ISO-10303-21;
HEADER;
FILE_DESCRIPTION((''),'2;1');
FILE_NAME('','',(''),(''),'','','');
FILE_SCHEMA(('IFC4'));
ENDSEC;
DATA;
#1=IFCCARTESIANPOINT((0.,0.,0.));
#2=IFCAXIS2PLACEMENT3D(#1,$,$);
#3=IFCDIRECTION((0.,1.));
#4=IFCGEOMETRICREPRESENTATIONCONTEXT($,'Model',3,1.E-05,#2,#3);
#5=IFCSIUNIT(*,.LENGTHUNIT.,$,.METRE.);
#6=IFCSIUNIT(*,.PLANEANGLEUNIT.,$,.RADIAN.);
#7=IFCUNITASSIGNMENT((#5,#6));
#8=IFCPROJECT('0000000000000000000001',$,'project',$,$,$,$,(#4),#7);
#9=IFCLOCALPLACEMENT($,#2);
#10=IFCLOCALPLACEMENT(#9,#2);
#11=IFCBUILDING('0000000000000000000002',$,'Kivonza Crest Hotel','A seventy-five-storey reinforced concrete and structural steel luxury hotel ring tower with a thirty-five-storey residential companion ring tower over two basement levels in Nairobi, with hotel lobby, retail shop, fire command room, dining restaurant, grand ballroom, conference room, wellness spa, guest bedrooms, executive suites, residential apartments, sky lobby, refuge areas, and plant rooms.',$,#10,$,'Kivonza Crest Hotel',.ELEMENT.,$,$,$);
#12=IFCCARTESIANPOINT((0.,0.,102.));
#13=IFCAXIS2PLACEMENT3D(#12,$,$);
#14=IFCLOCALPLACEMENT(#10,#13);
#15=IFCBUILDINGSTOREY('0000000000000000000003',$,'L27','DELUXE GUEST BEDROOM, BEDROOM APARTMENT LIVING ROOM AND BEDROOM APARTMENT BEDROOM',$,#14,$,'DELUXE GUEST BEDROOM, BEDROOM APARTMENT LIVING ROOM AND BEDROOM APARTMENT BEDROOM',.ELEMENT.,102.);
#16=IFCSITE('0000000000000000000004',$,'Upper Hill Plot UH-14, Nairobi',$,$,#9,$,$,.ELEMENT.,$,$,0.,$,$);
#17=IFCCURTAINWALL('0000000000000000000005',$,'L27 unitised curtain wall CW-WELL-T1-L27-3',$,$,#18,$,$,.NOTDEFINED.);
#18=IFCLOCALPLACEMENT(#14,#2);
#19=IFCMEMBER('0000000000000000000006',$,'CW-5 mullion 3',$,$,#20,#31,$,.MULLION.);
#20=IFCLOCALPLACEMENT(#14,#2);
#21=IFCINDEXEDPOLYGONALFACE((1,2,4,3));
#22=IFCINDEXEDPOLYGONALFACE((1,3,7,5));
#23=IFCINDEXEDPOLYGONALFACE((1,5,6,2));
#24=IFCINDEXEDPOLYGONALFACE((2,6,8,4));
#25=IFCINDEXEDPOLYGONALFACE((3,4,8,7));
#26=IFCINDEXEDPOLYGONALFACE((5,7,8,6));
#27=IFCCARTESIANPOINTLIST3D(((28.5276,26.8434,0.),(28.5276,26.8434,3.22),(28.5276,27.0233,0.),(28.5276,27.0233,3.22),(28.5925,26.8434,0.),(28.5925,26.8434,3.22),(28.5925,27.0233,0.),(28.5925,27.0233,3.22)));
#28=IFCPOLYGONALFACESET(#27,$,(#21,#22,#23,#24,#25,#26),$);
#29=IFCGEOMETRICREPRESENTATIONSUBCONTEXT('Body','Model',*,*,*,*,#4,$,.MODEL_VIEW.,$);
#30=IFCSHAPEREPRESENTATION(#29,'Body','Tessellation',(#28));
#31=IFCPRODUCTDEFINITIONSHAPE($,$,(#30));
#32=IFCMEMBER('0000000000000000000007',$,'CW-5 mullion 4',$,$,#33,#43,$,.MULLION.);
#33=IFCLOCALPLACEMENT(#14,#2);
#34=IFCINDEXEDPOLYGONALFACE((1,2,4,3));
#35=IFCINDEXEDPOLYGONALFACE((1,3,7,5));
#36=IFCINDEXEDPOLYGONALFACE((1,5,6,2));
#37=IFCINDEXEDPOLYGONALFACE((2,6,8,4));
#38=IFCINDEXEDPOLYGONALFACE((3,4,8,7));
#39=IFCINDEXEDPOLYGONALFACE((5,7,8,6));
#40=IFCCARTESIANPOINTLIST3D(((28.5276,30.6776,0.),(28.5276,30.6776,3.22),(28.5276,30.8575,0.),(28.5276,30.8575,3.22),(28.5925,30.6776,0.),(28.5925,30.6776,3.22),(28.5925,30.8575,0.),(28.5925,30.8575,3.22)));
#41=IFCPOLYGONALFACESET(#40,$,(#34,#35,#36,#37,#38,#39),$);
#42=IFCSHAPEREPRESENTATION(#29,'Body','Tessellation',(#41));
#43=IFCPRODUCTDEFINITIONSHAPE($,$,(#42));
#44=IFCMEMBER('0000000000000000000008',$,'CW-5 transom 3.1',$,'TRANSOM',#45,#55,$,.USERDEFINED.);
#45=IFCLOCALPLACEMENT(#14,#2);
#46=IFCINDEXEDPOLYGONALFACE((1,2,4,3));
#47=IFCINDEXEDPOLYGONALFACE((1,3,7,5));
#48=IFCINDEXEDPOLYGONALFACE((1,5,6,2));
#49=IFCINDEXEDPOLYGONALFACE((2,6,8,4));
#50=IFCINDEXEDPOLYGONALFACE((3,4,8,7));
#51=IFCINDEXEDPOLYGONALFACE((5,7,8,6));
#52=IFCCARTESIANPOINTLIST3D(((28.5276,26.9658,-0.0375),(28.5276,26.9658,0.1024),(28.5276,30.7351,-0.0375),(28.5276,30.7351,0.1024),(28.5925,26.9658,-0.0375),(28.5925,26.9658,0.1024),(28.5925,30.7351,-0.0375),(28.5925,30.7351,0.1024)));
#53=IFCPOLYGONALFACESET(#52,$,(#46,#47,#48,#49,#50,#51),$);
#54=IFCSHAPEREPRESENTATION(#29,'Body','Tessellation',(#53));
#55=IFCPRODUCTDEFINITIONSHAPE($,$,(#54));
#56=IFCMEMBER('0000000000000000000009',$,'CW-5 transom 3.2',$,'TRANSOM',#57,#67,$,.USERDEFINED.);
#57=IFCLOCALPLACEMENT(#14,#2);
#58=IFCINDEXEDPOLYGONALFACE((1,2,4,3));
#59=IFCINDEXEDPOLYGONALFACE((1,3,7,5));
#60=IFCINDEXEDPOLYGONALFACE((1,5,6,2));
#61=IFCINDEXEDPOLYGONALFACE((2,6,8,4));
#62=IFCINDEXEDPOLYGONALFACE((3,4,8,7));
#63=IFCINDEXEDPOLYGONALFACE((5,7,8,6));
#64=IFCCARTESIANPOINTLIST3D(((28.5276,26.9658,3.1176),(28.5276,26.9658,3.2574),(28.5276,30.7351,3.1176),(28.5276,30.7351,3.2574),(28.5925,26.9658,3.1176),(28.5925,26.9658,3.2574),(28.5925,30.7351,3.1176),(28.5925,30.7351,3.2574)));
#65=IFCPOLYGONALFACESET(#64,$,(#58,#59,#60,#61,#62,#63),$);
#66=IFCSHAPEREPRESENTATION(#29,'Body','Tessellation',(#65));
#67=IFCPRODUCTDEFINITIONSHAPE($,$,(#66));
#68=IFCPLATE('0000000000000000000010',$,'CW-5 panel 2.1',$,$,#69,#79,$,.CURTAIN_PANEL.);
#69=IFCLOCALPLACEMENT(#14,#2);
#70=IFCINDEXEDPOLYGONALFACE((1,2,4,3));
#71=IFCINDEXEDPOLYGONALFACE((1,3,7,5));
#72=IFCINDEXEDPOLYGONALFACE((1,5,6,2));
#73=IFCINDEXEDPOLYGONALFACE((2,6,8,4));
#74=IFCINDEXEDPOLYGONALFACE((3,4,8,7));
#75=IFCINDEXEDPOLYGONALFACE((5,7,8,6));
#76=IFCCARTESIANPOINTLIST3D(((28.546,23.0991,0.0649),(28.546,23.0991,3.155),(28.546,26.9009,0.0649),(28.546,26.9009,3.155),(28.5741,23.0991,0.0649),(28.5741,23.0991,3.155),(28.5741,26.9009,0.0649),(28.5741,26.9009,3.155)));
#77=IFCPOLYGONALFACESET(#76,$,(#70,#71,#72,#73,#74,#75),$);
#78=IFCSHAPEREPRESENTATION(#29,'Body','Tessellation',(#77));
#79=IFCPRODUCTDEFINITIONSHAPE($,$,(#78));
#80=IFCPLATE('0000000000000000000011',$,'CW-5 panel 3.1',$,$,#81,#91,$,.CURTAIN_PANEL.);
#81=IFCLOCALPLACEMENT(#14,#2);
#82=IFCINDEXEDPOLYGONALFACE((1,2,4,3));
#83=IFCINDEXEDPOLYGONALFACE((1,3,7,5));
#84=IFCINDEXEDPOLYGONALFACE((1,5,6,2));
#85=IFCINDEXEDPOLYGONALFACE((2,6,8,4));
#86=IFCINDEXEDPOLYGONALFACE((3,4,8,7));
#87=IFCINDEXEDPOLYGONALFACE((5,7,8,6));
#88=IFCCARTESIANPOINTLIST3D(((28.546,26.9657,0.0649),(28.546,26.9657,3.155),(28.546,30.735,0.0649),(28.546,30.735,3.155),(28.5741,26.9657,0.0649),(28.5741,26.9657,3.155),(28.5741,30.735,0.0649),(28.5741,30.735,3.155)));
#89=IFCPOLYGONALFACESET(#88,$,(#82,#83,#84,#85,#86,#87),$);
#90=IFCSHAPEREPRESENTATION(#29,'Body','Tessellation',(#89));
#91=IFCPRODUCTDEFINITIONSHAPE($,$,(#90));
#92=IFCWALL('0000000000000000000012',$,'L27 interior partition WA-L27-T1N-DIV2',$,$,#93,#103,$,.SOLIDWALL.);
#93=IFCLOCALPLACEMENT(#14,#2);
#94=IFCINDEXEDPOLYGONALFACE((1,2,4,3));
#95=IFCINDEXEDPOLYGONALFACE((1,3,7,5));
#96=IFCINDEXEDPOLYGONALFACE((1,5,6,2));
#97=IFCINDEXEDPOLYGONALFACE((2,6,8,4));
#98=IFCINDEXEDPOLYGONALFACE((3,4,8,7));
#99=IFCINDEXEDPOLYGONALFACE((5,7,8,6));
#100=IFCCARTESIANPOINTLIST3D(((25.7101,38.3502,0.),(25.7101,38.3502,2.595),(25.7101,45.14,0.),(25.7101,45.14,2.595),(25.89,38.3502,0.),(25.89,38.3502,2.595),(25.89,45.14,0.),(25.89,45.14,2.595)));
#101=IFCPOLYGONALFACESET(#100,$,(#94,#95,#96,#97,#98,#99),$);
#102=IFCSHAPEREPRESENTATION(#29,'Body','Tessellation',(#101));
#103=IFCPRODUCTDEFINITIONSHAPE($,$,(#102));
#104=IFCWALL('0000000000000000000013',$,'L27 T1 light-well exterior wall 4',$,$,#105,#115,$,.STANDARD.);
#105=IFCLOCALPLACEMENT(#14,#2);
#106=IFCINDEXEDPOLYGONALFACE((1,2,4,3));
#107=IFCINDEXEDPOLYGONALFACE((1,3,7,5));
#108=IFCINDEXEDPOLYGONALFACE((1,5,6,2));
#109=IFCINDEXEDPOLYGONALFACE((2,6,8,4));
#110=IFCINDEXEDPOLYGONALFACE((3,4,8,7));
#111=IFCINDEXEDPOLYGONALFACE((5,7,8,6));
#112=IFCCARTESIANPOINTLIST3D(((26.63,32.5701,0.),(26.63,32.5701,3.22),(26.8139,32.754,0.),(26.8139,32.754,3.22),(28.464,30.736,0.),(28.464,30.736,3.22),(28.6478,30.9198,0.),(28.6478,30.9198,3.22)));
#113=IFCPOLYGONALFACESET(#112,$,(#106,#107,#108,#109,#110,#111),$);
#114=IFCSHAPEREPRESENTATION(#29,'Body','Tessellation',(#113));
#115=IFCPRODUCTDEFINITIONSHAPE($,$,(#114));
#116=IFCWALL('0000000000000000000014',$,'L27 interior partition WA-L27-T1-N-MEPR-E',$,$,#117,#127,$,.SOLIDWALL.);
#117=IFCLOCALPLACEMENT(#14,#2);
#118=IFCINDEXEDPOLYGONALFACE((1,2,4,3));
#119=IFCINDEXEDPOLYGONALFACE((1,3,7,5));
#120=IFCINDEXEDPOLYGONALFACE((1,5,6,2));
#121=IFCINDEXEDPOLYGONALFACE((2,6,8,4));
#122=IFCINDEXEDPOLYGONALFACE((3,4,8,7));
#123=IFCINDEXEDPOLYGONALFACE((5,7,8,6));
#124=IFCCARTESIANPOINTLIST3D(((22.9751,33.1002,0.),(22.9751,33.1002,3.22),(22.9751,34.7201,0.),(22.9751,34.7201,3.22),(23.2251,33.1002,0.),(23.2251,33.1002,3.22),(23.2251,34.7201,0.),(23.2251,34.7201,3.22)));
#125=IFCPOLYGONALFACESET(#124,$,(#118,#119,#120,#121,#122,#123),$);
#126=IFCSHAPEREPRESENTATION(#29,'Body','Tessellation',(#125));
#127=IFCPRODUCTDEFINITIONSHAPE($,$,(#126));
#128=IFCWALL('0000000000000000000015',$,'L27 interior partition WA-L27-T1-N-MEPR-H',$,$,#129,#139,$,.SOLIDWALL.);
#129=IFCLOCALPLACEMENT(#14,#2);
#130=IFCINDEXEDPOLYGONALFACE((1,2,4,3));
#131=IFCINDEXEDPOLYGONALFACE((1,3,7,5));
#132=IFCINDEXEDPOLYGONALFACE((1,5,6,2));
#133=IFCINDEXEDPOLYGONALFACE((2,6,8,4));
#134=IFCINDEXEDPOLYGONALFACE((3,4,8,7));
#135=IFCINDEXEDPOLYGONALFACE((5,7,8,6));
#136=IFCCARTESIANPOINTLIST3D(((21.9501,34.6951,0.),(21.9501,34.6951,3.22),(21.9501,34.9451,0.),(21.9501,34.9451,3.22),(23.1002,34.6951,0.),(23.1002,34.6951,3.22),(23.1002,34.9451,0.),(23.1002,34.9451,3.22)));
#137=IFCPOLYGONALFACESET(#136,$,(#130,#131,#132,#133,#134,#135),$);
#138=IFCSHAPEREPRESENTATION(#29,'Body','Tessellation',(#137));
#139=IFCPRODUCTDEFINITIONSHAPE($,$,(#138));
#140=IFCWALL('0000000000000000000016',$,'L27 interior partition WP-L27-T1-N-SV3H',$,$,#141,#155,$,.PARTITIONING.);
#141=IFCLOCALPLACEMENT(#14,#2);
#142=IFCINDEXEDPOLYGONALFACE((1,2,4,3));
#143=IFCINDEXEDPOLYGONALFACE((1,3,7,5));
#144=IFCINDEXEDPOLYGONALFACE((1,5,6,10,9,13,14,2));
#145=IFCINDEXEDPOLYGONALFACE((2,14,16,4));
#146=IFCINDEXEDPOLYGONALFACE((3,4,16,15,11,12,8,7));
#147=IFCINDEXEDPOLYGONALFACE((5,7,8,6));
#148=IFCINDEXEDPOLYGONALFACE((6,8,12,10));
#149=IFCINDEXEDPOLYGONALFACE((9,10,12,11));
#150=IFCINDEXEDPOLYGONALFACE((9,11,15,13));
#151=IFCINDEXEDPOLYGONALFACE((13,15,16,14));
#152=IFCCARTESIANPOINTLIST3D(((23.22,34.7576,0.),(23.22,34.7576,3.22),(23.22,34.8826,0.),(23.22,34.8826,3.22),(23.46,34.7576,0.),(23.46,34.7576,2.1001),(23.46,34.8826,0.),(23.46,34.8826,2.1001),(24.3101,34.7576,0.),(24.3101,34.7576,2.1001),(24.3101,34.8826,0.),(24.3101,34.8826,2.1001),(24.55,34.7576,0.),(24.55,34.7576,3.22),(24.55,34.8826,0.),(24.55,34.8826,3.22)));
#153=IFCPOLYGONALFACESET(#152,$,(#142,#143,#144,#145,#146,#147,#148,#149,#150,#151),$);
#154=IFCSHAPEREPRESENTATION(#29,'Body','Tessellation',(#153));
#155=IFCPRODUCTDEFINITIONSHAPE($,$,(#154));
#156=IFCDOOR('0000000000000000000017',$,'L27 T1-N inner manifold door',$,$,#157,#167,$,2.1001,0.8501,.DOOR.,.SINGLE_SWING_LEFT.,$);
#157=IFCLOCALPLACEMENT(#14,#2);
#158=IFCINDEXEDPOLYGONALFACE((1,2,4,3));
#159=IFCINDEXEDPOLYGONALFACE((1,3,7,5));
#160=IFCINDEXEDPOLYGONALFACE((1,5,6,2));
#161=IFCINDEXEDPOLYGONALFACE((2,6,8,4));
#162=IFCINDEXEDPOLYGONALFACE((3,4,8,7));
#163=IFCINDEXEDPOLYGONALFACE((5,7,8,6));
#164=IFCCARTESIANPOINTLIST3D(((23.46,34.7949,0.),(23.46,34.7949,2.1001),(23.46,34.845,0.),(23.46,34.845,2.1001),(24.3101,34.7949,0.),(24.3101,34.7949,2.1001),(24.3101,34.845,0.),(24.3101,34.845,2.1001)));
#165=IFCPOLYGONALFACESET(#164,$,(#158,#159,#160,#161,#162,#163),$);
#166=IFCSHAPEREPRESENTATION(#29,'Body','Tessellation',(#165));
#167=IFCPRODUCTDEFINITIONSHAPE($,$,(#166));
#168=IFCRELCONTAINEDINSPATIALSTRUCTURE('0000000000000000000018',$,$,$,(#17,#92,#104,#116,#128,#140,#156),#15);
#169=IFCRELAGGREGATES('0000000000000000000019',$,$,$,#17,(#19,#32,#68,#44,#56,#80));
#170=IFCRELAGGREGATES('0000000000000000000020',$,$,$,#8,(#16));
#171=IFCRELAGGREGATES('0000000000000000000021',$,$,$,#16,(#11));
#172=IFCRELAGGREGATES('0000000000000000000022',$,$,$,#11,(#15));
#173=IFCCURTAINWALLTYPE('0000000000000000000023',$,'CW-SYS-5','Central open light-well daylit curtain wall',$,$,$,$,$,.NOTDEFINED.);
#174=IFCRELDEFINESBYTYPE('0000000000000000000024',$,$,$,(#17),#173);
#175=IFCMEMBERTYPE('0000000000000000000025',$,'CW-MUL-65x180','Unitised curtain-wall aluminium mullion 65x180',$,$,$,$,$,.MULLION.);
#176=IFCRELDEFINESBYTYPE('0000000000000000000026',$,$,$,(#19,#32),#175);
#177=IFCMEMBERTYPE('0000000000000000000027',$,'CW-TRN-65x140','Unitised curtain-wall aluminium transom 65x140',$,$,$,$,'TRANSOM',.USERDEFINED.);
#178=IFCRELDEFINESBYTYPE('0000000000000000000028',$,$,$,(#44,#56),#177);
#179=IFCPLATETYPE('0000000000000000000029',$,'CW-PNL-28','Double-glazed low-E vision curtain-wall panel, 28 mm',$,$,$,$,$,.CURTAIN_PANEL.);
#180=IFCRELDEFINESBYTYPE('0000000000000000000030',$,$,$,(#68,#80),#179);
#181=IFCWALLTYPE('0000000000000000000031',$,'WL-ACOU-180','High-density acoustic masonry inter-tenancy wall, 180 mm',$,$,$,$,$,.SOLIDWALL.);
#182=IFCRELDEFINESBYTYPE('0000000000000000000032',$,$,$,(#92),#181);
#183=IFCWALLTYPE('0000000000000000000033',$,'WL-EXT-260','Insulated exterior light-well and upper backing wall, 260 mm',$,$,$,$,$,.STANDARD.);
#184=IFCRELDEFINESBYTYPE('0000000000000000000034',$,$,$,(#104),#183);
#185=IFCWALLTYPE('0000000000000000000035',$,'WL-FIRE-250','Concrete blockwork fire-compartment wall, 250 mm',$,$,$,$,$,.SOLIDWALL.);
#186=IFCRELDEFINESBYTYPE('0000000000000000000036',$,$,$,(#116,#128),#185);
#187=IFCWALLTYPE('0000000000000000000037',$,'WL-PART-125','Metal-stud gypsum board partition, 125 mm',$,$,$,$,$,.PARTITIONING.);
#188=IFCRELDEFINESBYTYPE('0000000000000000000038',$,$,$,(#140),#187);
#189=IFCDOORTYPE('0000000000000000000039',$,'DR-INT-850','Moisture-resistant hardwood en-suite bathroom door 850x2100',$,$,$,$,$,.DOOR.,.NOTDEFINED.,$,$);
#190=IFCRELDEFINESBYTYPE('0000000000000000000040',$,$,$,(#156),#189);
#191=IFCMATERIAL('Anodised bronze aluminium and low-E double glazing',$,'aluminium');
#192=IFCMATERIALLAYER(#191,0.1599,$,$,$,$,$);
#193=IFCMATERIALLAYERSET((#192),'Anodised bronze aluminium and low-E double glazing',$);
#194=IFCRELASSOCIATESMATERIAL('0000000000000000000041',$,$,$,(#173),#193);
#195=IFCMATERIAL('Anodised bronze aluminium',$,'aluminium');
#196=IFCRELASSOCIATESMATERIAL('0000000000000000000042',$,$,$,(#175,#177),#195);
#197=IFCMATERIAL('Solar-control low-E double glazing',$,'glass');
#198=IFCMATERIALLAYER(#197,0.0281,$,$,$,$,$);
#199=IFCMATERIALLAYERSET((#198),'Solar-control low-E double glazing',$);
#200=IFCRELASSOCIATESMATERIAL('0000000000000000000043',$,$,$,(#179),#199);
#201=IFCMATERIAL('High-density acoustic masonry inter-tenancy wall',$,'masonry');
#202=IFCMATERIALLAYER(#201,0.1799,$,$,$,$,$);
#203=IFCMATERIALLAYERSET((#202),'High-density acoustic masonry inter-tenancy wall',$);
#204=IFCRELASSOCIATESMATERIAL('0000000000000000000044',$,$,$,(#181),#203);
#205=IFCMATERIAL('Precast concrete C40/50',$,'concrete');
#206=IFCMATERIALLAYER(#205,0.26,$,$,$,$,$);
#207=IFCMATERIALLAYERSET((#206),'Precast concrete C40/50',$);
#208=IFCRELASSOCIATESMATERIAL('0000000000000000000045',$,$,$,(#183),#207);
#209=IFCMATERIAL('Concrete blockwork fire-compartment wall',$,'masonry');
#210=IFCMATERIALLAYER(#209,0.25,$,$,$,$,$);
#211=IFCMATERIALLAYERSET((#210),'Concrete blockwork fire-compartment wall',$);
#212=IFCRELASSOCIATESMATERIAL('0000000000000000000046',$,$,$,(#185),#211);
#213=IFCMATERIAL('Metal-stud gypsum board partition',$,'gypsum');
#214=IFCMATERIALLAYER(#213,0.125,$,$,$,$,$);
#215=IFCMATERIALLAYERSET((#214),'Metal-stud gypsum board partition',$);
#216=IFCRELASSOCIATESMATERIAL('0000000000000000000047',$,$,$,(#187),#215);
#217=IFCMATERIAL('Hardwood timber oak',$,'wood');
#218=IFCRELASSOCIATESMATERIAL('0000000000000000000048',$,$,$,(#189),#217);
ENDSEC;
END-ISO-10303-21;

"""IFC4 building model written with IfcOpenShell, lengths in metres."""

from ifc_helpers import new_model, si_unit, direction, frame, frame_2d, origin, origin_2d, place, context, subcontext, project, spatial, rectangle, extrude, material, layer, layer_set, material_profile, profile_set, type_object, element, fill, aggregate, save


model = new_model("IFC4")

# Units and contexts
model_context = context("Model", 3, precision=1e-05, world=origin(), true_north=direction((0.0, 1.0)))
body_context = subcontext(model_context, "Body", "Model", "MODEL_VIEW")
ifc_project = project(units=[si_unit("LENGTHUNIT", "METRE"), si_unit("PLANEANGLEUNIT", "RADIAN")], contexts=[model_context])

# Site, building, storey
site_placement = place(None, origin())
site = spatial("IfcSite", under=ifc_project, at=site_placement, Name="Upper Hill Plot UH-14, Nairobi", CompositionType="ELEMENT", RefElevation=0.0)
building_placement = place(site_placement, origin())
building = spatial("IfcBuilding", under=site, at=building_placement, Name="Kivonza Crest Hotel", Description="A seventy-five-storey reinforced concrete and structural steel luxury hotel ring tower with a thirty-five-storey residential companion ring tower over two basement levels in Nairobi, with hotel lobby, retail shop, fire command room, dining restaurant, grand ballroom, conference room, wellness spa, guest bedrooms, executive suites, residential apartments, sky lobby, refuge areas, and plant rooms.", LongName="Kivonza Crest Hotel", CompositionType="ELEMENT")
storey_placement = place(building_placement, frame((0.0, 0.0, 102.0)))
storey = spatial("IfcBuildingStorey", under=building, at=storey_placement, Name="L27", Description="DELUXE GUEST BEDROOM, BEDROOM APARTMENT LIVING ROOM AND BEDROOM APARTMENT BEDROOM", LongName="DELUXE GUEST BEDROOM, BEDROOM APARTMENT LIVING ROOM AND BEDROOM APARTMENT BEDROOM", CompositionType="ELEMENT", Elevation=102.0)

# Curtain wall, members, plates
ifc_material_1 = material(Name="Anodised bronze aluminium and low-E double glazing", Category="aluminium")
ifc_layer_1 = layer(ifc_material_1, 0.1599)
ifc_layer_set_1 = layer_set([ifc_layer_1], Name="Anodised bronze aluminium and low-E double glazing")
curtain_wall_type = type_object("IfcCurtainWallType", Name="CW-SYS-5", Description="Central open light-well daylit curtain wall", PredefinedType="NOTDEFINED", material=ifc_layer_set_1)
curtain_wall_placement = place(storey_placement, origin())
curtain_wall = element("IfcCurtainWall", 1, at=curtain_wall_placement, inside=storey, type_object=curtain_wall_type, Name="L27 unitised curtain wall CW-WELL-T1-L27-3", PredefinedType="NOTDEFINED")
ifc_material_2 = material(Name="Anodised bronze aluminium", Category="aluminium")
ifc_material_profile_1 = material_profile(ifc_material_2, rectangle(XDim=0.0649, YDim=0.1799, at=origin_2d()), Name="CW-M 65x180")
ifc_profile_set_1 = profile_set([ifc_material_profile_1], Name="Anodised bronze aluminium")
member_type_1 = type_object("IfcMemberType", Name="CW-MUL-65x180", Description="Unitised curtain-wall aluminium mullion 65x180", PredefinedType="MULLION", material=ifc_profile_set_1)
member_1_placement = place(storey_placement, frame((28.5601, 26.9333, 0.0), z_axis=(0.0, 0.0, 1.0), x_axis=(-1.0, 0.0, 0.0)))
member_1 = element("IfcMember", 2, at=member_1_placement, type_object=member_type_1, Name="CW-5 mullion 3", PredefinedType="MULLION", context=body_context, shape_type="SweptSolid", body=[
    extrude(rectangle(XDim=0.0649, YDim=0.1799, at=origin_2d()), origin(), (0.0, 0.0, 1.0), 3.22),
])
member_2_placement = place(storey_placement, frame((28.5601, 30.7676, 0.0), z_axis=(0.0, 0.0, 1.0), x_axis=(-1.0, 0.0, 0.0)))
member_2 = element("IfcMember", 3, at=member_2_placement, type_object=member_type_1, Name="CW-5 mullion 4", PredefinedType="MULLION", context=body_context, shape_type="SweptSolid", body=[
    extrude(rectangle(XDim=0.0649, YDim=0.1799, at=origin_2d()), origin(), (0.0, 0.0, 1.0), 3.22),
])
ifc_material_profile_2 = material_profile(ifc_material_2, rectangle(XDim=0.0649, YDim=0.1399, at=origin_2d()), Name="CW-T 65x140")
ifc_profile_set_2 = profile_set([ifc_material_profile_2], Name="Anodised bronze aluminium")
member_type_2 = type_object("IfcMemberType", Name="CW-TRN-65x140", Description="Unitised curtain-wall aluminium transom 65x140", ElementType="TRANSOM", PredefinedType="USERDEFINED", material=ifc_profile_set_2)
member_3_placement = place(storey_placement, frame((28.5601, 26.9658, 0.0325), z_axis=(0.0, 1.0, 0.0), x_axis=(-1.0, 0.0, 0.0)))
member_3 = element("IfcMember", 4, at=member_3_placement, type_object=member_type_2, Name="CW-5 transom 3.1", ObjectType="TRANSOM", PredefinedType="USERDEFINED", context=body_context, shape_type="SweptSolid", body=[
    extrude(rectangle(XDim=0.0649, YDim=0.1399, at=origin_2d()), origin(), (0.0, 0.0, 1.0), 3.7693),
])
member_4_placement = place(storey_placement, frame((28.5601, 26.9658, 3.1875), z_axis=(0.0, 1.0, 0.0), x_axis=(-1.0, 0.0, 0.0)))
member_4 = element("IfcMember", 5, at=member_4_placement, type_object=member_type_2, Name="CW-5 transom 3.2", ObjectType="TRANSOM", PredefinedType="USERDEFINED", context=body_context, shape_type="SweptSolid", body=[
    extrude(rectangle(XDim=0.0649, YDim=0.1399, at=origin_2d()), origin(), (0.0, 0.0, 1.0), 3.7693),
])
ifc_material_3 = material(Name="Solar-control low-E double glazing", Category="glass")
ifc_layer_2 = layer(ifc_material_3, 0.0281)
ifc_layer_set_2 = layer_set([ifc_layer_2], Name="Solar-control low-E double glazing")
plate_type = type_object("IfcPlateType", Name="CW-PNL-28", Description="Double-glazed low-E vision curtain-wall panel, 28 mm", PredefinedType="CURTAIN_PANEL", material=ifc_layer_set_2)
plate_1_placement = place(storey_placement, frame((28.5601, 25.0, 0.0649), z_axis=(0.0, 0.0, 1.0), x_axis=(0.0, 1.0, 0.0)))
plate_1 = element("IfcPlate", 6, at=plate_1_placement, type_object=plate_type, Name="CW-5 panel 2.1", PredefinedType="CURTAIN_PANEL", context=body_context, shape_type="SweptSolid", body=[
    extrude(rectangle(XDim=3.8018, YDim=0.0281, at=origin_2d()), origin(), (0.0, 0.0, 1.0), 3.0901),
])
plate_2_placement = place(storey_placement, frame((28.5601, 28.8503, 0.0649), z_axis=(0.0, 0.0, 1.0), x_axis=(0.0, 1.0, 0.0)))
plate_2 = element("IfcPlate", 7, at=plate_2_placement, type_object=plate_type, Name="CW-5 panel 3.1", PredefinedType="CURTAIN_PANEL", context=body_context, shape_type="SweptSolid", body=[
    extrude(rectangle(XDim=3.7693, YDim=0.0281, at=origin_2d()), origin(), (0.0, 0.0, 1.0), 3.0901),
])
aggregate(curtain_wall, [member_1, member_2, plate_1, member_3, member_4, plate_2])

# Walls
ifc_material_4 = material(Name="High-density acoustic masonry inter-tenancy wall", Category="masonry")
ifc_layer_3 = layer(ifc_material_4, 0.1799)
ifc_layer_set_3 = layer_set([ifc_layer_3], Name="High-density acoustic masonry inter-tenancy wall")
wall_type_1 = type_object("IfcWallType", Name="WL-ACOU-180", Description="High-density acoustic masonry inter-tenancy wall, 180 mm", PredefinedType="SOLIDWALL", material=ifc_layer_set_3)
wall_1_placement = place(storey_placement, frame((25.8, 38.3501, 0.0), z_axis=(0.0, 0.0, 1.0), x_axis=(0.0, 1.0, 0.0)))
element("IfcWall", 8, at=wall_1_placement, inside=storey, type_object=wall_type_1, Name="L27 interior partition WA-L27-T1N-DIV2", PredefinedType="SOLIDWALL", context=body_context, shape_type="SweptSolid", body=[
    extrude(rectangle(XDim=6.7898, YDim=0.1799, at=frame_2d((3.395, 0.0))), origin(), (0.0, 0.0, 1.0), 2.595),
])
ifc_material_5 = material(Name="Precast concrete C40/50", Category="concrete")
ifc_layer_4 = layer(ifc_material_5, 0.26)
ifc_layer_set_4 = layer_set([ifc_layer_4], Name="Precast concrete C40/50")
wall_type_2 = type_object("IfcWallType", Name="WL-EXT-260", Description="Insulated exterior light-well and upper backing wall, 260 mm", PredefinedType="STANDARD", material=ifc_layer_set_4)
wall_2_placement = place(storey_placement, frame((28.5559, 30.8279, 0.0), z_axis=(0.0, 0.0, 1.0), x_axis=(-0.70706, 0.707154, 0.0)))
element("IfcWall", 9, at=wall_2_placement, inside=storey, type_object=wall_type_2, Name="L27 T1 light-well exterior wall 4", PredefinedType="STANDARD", context=body_context, shape_type="SweptSolid", body=[
    extrude(rectangle(XDim=2.5938, YDim=0.26, at=frame_2d((1.2969, 0.0))), origin(), (0.0, 0.0, 1.0), 3.22),
])
ifc_material_6 = material(Name="Concrete blockwork fire-compartment wall", Category="masonry")
ifc_layer_5 = layer(ifc_material_6, 0.25)
ifc_layer_set_5 = layer_set([ifc_layer_5], Name="Concrete blockwork fire-compartment wall")
wall_type_3 = type_object("IfcWallType", Name="WL-FIRE-250", Description="Concrete blockwork fire-compartment wall, 250 mm", PredefinedType="SOLIDWALL", material=ifc_layer_set_5)
wall_3_placement = place(storey_placement, frame((23.1001, 33.1001, 0.0), z_axis=(0.0, 0.0, 1.0), x_axis=(0.0, 1.0, 0.0)))
element("IfcWall", 10, at=wall_3_placement, inside=storey, type_object=wall_type_3, Name="L27 interior partition WA-L27-T1-N-MEPR-E", PredefinedType="SOLIDWALL", context=body_context, shape_type="SweptSolid", body=[
    extrude(rectangle(XDim=1.6199, YDim=0.25, at=frame_2d((0.8101, 0.0))), origin(), (0.0, 0.0, 1.0), 3.22),
])
wall_4_placement = place(storey_placement, frame((21.95, 34.8201, 0.0), z_axis=(0.0, 0.0, 1.0), x_axis=(1.0, 0.0, 0.0)))
element("IfcWall", 11, at=wall_4_placement, inside=storey, type_object=wall_type_3, Name="L27 interior partition WA-L27-T1-N-MEPR-H", PredefinedType="SOLIDWALL", context=body_context, shape_type="SweptSolid", body=[
    extrude(rectangle(XDim=1.1501, YDim=0.25, at=frame_2d((0.5752, 0.0))), origin(), (0.0, 0.0, 1.0), 3.22),
])

# Wall, opening, door
ifc_material_7 = material(Name="Metal-stud gypsum board partition", Category="gypsum")
ifc_layer_6 = layer(ifc_material_7, 0.125)
ifc_layer_set_6 = layer_set([ifc_layer_6], Name="Metal-stud gypsum board partition")
wall_type_4 = type_object("IfcWallType", Name="WL-PART-125", Description="Metal-stud gypsum board partition, 125 mm", PredefinedType="PARTITIONING", material=ifc_layer_set_6)
wall_5_placement = place(storey_placement, frame((23.22, 34.8201, 0.0), z_axis=(0.0, 0.0, 1.0), x_axis=(1.0, 0.0, 0.0)))
wall_5 = element("IfcWall", 12, at=wall_5_placement, inside=storey, type_object=wall_type_4, Name="L27 interior partition WP-L27-T1-N-SV3H", PredefinedType="PARTITIONING", context=body_context, shape_type="SweptSolid", body=[
    extrude(rectangle(XDim=1.3301, YDim=0.125, at=frame_2d((0.665, 0.0))), origin(), (0.0, 0.0, 1.0), 3.22),
])
opening_1_placement = place(wall_5_placement, frame((0.24, 0.0, 0.0)))
opening_1 = element("IfcOpeningElement", 13, at=opening_1_placement, cuts=wall_5, PredefinedType="OPENING", context=body_context, shape_type="SweptSolid", body=[
    extrude(rectangle(XDim=0.8501, YDim=2.1001, at=frame_2d((0.425, 1.05))), frame((0.0, 0.0725, 0.0), z_axis=(0.0, -1.0, 0.0), x_axis=(1.0, 0.0, 0.0)), (0.0, 0.0, 1.0), 0.145),
])
ifc_material_8 = material(Name="Hardwood timber oak", Category="wood")
door_type_1 = type_object("IfcDoorType", Name="DR-INT-850", Description="Moisture-resistant hardwood en-suite bathroom door 850x2100", OperationType="NOTDEFINED", PredefinedType="DOOR", material=ifc_material_8)
door_1_placement = place(opening_1_placement, origin())
door_1 = element("IfcDoor", 14, at=door_1_placement, inside=storey, type_object=door_type_1, Name="L27 T1-N inner manifold door", OperationType="SINGLE_SWING_LEFT", OverallHeight=2.1001, OverallWidth=0.8501, PredefinedType="DOOR", context=body_context, shape_type="SweptSolid", body=[
    extrude(rectangle(XDim=0.8501, YDim=2.1001, at=frame_2d((0.425, 1.05))), frame((0.0, 0.0249, 0.0), z_axis=(0.0, -1.0, 0.0), x_axis=(1.0, 0.0, 0.0)), (0.0, 0.0, 1.0), 0.05),
])
fill(opening_1, door_1)

save(model, "model.ifc")
